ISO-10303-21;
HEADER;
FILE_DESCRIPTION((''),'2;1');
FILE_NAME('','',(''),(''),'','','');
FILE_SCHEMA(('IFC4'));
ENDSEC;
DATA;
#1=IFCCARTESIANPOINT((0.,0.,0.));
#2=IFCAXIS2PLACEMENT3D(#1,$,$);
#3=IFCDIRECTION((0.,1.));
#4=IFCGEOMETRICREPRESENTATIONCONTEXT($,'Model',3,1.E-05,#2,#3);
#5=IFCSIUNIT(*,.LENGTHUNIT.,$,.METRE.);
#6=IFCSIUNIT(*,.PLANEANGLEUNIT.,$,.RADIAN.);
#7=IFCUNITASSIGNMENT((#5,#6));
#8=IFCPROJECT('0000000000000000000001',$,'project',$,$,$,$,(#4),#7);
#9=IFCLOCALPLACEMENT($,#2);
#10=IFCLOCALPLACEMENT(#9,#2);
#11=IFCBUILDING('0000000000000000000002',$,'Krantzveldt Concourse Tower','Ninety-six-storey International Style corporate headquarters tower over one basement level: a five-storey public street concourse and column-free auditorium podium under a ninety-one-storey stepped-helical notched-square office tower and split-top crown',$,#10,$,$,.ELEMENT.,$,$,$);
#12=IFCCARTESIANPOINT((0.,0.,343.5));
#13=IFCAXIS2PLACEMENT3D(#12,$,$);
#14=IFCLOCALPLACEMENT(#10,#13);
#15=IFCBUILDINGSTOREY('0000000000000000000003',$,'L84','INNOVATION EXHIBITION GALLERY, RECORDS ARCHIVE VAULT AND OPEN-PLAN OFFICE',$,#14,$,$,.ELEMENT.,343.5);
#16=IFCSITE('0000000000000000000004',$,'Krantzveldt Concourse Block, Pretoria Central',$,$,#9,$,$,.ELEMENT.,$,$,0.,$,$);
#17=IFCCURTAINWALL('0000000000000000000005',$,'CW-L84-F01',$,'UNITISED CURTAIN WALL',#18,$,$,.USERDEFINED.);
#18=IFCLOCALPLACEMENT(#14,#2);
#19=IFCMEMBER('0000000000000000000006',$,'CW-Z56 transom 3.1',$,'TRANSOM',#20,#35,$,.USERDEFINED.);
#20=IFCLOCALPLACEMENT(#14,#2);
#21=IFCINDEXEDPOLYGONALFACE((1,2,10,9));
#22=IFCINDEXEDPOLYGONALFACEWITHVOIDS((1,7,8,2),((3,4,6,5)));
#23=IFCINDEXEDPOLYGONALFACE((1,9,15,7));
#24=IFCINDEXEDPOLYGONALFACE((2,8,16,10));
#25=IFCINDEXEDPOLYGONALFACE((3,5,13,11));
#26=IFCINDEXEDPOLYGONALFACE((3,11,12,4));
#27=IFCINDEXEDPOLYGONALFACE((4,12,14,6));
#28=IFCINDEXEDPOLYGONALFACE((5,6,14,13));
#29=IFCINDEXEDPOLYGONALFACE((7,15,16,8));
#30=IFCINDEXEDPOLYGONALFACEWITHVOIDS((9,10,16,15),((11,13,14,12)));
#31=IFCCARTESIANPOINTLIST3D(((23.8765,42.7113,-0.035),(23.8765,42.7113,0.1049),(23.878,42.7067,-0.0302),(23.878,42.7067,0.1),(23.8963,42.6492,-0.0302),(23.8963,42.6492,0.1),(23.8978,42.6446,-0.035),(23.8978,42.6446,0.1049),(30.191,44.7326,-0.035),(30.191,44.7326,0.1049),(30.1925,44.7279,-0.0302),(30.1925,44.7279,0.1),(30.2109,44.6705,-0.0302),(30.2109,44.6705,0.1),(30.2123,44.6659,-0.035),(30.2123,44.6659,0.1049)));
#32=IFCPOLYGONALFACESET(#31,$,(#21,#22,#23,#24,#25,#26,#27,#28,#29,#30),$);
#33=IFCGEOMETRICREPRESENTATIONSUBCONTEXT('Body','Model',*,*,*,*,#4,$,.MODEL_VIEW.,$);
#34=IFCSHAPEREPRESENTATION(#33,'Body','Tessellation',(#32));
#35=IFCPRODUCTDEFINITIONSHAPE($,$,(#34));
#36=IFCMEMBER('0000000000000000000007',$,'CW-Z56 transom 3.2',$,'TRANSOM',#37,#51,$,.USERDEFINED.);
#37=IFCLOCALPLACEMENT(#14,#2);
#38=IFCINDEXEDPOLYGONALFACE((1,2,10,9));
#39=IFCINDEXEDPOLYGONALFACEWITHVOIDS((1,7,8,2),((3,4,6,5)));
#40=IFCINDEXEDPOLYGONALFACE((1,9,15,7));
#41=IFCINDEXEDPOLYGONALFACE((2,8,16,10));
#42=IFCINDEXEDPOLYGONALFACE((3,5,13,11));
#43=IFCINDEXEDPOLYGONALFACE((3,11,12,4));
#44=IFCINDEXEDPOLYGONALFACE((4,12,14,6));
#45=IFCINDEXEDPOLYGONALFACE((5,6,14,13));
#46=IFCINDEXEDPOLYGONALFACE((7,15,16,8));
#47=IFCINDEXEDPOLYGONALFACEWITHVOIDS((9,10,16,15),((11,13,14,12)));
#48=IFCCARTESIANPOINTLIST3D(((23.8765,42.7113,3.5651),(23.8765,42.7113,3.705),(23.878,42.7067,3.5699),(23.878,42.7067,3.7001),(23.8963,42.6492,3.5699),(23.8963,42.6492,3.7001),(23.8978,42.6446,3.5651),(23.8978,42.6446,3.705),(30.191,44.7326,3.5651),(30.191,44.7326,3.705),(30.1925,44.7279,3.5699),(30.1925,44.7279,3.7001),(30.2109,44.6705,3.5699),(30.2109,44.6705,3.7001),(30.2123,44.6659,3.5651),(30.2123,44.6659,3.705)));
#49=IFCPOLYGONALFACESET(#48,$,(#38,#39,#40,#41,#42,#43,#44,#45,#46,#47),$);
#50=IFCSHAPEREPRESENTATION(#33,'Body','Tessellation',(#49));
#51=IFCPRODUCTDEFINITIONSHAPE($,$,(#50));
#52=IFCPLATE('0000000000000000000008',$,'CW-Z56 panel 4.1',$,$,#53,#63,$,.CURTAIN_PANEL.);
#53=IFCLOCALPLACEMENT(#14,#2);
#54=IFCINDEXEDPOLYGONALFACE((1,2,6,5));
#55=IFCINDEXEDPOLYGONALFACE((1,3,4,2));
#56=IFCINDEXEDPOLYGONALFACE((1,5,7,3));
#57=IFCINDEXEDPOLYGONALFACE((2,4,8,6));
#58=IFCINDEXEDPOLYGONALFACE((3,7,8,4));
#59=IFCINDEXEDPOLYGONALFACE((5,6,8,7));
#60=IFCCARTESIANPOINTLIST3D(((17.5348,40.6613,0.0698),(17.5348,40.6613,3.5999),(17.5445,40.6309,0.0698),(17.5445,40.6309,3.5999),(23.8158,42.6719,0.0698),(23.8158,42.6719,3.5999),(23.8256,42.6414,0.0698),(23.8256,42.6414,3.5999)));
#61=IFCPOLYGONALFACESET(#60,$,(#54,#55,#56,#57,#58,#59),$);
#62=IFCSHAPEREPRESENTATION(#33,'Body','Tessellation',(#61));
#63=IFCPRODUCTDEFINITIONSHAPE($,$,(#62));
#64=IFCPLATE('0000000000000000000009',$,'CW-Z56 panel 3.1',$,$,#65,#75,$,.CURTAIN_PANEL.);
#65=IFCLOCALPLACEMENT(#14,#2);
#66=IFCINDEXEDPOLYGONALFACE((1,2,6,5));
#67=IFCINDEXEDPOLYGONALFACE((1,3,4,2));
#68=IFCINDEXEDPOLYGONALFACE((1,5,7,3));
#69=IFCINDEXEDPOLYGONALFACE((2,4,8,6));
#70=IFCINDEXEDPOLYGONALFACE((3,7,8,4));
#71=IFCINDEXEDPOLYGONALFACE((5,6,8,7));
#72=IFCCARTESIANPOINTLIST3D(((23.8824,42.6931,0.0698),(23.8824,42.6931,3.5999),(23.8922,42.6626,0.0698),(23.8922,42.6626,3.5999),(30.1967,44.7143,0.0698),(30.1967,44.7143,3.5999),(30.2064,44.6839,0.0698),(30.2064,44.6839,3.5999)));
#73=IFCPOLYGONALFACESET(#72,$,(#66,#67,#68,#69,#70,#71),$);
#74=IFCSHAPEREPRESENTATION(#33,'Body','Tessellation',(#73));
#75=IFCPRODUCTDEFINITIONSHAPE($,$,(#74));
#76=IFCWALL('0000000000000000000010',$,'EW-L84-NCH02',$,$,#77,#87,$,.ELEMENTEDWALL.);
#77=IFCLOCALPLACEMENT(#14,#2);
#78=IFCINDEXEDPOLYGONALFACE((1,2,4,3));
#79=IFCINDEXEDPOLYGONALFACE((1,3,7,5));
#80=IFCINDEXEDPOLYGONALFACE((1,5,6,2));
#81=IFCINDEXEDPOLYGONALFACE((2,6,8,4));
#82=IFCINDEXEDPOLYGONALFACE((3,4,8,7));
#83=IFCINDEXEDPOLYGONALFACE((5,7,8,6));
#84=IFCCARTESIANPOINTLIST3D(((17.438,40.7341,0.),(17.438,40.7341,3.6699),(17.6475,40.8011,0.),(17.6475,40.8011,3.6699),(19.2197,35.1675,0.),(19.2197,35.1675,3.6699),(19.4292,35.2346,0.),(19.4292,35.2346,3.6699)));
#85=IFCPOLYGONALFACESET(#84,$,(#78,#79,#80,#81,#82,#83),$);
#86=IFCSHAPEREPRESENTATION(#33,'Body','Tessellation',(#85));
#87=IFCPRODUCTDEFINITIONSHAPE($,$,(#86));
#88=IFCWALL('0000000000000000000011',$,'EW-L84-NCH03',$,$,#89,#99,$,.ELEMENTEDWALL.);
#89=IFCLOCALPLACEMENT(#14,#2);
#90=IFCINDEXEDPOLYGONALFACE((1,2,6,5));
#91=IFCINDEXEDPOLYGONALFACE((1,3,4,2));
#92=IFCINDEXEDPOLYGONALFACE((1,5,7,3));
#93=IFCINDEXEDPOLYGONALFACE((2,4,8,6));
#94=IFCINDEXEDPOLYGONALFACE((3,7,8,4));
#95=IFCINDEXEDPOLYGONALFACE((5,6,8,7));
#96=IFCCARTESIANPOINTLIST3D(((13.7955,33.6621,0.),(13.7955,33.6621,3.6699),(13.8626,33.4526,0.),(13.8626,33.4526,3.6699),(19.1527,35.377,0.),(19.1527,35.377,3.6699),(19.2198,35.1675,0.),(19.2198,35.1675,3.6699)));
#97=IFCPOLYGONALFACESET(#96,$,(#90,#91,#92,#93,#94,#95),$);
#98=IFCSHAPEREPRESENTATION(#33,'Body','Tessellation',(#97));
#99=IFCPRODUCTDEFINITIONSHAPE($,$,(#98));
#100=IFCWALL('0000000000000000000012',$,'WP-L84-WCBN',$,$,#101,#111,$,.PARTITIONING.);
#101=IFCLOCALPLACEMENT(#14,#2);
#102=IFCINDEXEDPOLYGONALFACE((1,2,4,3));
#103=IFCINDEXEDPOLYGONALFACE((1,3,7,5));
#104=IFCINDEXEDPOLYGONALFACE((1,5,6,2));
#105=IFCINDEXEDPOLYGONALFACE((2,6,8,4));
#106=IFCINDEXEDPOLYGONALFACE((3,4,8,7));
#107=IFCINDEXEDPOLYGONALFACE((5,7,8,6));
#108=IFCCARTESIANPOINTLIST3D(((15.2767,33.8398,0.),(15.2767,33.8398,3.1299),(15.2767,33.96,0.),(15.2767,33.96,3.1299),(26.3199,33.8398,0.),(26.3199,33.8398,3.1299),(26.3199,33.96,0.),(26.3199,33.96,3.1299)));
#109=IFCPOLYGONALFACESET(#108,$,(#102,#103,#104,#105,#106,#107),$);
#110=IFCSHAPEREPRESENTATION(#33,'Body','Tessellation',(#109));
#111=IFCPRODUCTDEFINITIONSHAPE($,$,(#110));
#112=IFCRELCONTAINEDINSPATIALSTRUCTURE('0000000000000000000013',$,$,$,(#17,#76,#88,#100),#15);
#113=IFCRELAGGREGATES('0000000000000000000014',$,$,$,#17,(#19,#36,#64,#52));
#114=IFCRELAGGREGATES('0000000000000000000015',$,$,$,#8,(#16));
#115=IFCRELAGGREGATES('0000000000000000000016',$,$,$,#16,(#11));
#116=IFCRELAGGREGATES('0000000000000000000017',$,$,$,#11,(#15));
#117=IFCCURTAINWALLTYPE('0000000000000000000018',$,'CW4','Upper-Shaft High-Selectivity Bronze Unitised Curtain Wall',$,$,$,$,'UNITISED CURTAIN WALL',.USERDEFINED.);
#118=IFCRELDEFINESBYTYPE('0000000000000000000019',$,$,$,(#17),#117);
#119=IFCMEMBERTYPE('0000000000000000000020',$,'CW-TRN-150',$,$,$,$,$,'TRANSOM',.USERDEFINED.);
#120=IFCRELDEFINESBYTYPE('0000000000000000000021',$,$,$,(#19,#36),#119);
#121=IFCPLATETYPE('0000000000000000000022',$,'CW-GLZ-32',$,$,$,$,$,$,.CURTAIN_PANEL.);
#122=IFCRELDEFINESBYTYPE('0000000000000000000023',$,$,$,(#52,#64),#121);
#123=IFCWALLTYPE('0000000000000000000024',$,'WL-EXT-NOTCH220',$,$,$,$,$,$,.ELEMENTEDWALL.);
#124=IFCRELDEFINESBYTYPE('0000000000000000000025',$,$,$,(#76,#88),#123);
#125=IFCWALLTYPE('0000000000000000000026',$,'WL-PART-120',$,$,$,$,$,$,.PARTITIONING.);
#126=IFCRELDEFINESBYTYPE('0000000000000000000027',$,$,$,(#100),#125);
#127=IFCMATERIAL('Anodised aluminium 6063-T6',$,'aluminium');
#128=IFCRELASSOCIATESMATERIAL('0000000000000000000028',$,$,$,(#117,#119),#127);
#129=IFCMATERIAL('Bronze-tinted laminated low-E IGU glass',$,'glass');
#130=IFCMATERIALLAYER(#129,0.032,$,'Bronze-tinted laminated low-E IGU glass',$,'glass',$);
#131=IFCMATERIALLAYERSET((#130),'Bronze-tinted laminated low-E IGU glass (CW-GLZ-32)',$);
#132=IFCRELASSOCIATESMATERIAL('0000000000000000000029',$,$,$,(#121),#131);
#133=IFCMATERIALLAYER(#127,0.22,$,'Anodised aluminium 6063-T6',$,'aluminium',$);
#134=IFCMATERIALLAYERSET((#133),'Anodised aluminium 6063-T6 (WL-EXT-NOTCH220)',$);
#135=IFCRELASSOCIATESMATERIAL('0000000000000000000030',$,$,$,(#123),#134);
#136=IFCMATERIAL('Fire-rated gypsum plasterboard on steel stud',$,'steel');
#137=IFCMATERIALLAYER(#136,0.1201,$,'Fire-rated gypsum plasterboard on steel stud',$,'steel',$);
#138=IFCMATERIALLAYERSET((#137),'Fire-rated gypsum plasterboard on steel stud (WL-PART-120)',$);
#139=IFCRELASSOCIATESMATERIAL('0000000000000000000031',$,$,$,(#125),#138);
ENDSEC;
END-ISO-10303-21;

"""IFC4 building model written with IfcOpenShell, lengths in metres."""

from ifc_helpers import new_model, si_unit, direction, frame, frame_2d, origin, origin_2d, place, context, subcontext, project, spatial, rectangle, hollow_rectangle, extrude, source, transform, mapped, material, layer, layer_set, material_profile, profile_set, type_object, type_shapes, element, aggregate, save


model = new_model("IFC4")

# Units and contexts
model_context = context("Model", 3, precision=1e-05, world=origin(), true_north=direction((0.0, 1.0)))
body_context = subcontext(model_context, "Body", "Model", "MODEL_VIEW")
ifc_project = project(units=[si_unit("LENGTHUNIT", "METRE"), si_unit("PLANEANGLEUNIT", "RADIAN")], contexts=[model_context])

# Site, building, storey
site_placement = place(None, origin())
site = spatial("IfcSite", under=ifc_project, at=site_placement, Name="Krantzveldt Concourse Block, Pretoria Central", CompositionType="ELEMENT", RefElevation=0.0)
building_placement = place(site_placement, origin())
building = spatial("IfcBuilding", under=site, at=building_placement, Name="Krantzveldt Concourse Tower", Description="Ninety-six-storey International Style corporate headquarters tower over one basement level: a five-storey public street concourse and column-free auditorium podium under a ninety-one-storey stepped-helical notched-square office tower and split-top crown", CompositionType="ELEMENT")
storey_placement = place(building_placement, frame((0.0, 0.0, 343.5)))
storey = spatial("IfcBuildingStorey", under=building, at=storey_placement, Name="L84", Description="INNOVATION EXHIBITION GALLERY, RECORDS ARCHIVE VAULT AND OPEN-PLAN OFFICE", CompositionType="ELEMENT", Elevation=343.5)

# Curtain wall
ifc_material_1 = material(Name="Anodised aluminium 6063-T6", Category="aluminium")
curtain_wall_type = type_object("IfcCurtainWallType", Name="CW4", Description="Upper-Shaft High-Selectivity Bronze Unitised Curtain Wall", ElementType="UNITISED CURTAIN WALL", PredefinedType="USERDEFINED", material=ifc_material_1)
curtain_wall_1_placement = place(storey_placement, origin())
curtain_wall_1 = element("IfcCurtainWall", 1, at=curtain_wall_1_placement, inside=storey, type_object=curtain_wall_type, Name="CW-L84-F01", ObjectType="UNITISED CURTAIN WALL", PredefinedType="USERDEFINED")

# Members
ifc_material_profile_1 = material_profile(ifc_material_1, hollow_rectangle(XDim=0.0701, YDim=0.1399, WallThickness=0.0049, at=origin_2d()), Name="Anodised aluminium 6063-T6", Category="aluminium")
ifc_profile_set_1 = profile_set([ifc_material_profile_1], Name="Anodised aluminium 6063-T6 - ALU-TRAN 140x70x5")
member_type_1 = type_object("IfcMemberType", Name="CW-TRN-150", ElementType="TRANSOM", PredefinedType="USERDEFINED", material=ifc_profile_set_1)
shared_shape_1 = source(origin(), body_context, "Body", "SweptSolid", [
    extrude(hollow_rectangle(XDim=0.0701, YDim=0.1399, WallThickness=0.0049, at=origin_2d()), origin(), (0.0, 0.0, 1.0), 6.6301),
])
member_1_placement = place(storey_placement, frame((30.2017, 44.6992, 0.0349), z_axis=(-0.952397, -0.30486, 0.0), x_axis=(0.30486, -0.952397, 0.0)))
member_1 = element("IfcMember", 2, at=member_1_placement, type_object=member_type_1, Name="CW-Z56 transom 3.1", ObjectType="TRANSOM", PredefinedType="USERDEFINED", context=body_context, shape_type="MappedRepresentation", body=[
    mapped(shared_shape_1, transform((0.0, 0.0, 0.0), x_axis=(1.0, 0.0, 0.0), y_axis=(0.0, 1.0, 0.0), z_axis=(0.0, 0.0, 1.0), scale=1.0)),
])
member_2_placement = place(storey_placement, frame((30.2017, 44.6992, 3.635), z_axis=(-0.952397, -0.30486, 0.0), x_axis=(0.30486, -0.952397, 0.0)))
member_2 = element("IfcMember", 3, at=member_2_placement, type_object=member_type_1, Name="CW-Z56 transom 3.2", ObjectType="TRANSOM", PredefinedType="USERDEFINED", context=body_context, shape_type="MappedRepresentation", body=[
    mapped(shared_shape_1, transform((0.0, 0.0, 0.0), x_axis=(1.0, 0.0, 0.0), y_axis=(0.0, 1.0, 0.0), z_axis=(0.0, 0.0, 1.0), scale=1.0)),
])

# Plates
ifc_material_2 = material(Name="Bronze-tinted laminated low-E IGU glass", Category="glass")
ifc_layer_1 = layer(ifc_material_2, 0.032, Name="Bronze-tinted laminated low-E IGU glass", Category="glass")
ifc_layer_set_1 = layer_set([ifc_layer_1], Name="Bronze-tinted laminated low-E IGU glass (CW-GLZ-32)")
plate_type = type_object("IfcPlateType", Name="CW-GLZ-32", PredefinedType="CURTAIN_PANEL", material=ifc_layer_set_1)
shared_shape_2 = source(origin(), body_context, "Body", "SweptSolid", [
    extrude(rectangle(XDim=6.595, YDim=0.032, at=origin_2d()), origin(), (0.0, 0.0, 1.0), 3.53),
])
plate_1_placement = place(storey_placement, frame((20.6802, 41.6514, 0.0698), z_axis=(0.0, 0.0, 1.0), x_axis=(-0.952396, -0.304864, 0.0)))
plate_1 = element("IfcPlate", 4, at=plate_1_placement, type_object=plate_type, Name="CW-Z56 panel 4.1", PredefinedType="CURTAIN_PANEL", context=body_context, shape_type="MappedRepresentation", body=[
    mapped(shared_shape_2, transform((0.0, 0.0, 0.0), x_axis=(1.0, 0.0, 0.0), y_axis=(0.0, 1.0, 0.0), z_axis=(0.0, 0.0, 1.0), scale=1.0)),
])
shared_shape_3 = source(origin(), body_context, "Body", "SweptSolid", [
    extrude(rectangle(XDim=6.6299, YDim=0.032, at=origin_2d()), origin(), (0.0, 0.0, 1.0), 3.53),
])
type_shapes(plate_type, [shared_shape_2, shared_shape_3])
plate_2_placement = place(storey_placement, frame((27.0444, 43.6885, 0.0698), z_axis=(0.0, 0.0, 1.0), x_axis=(-0.952396, -0.304864, 0.0)))
plate_2 = element("IfcPlate", 5, at=plate_2_placement, type_object=plate_type, Name="CW-Z56 panel 3.1", PredefinedType="CURTAIN_PANEL", context=body_context, shape_type="MappedRepresentation", body=[
    mapped(shared_shape_3, transform((0.0, 0.0, 0.0), x_axis=(1.0, 0.0, 0.0), y_axis=(0.0, 1.0, 0.0), z_axis=(0.0, 0.0, 1.0), scale=1.0)),
])
aggregate(curtain_wall_1, [member_1, member_2, plate_2, plate_1])

# Walls
ifc_layer_2 = layer(ifc_material_1, 0.22, Name="Anodised aluminium 6063-T6", Category="aluminium")
ifc_layer_set_2 = layer_set([ifc_layer_2], Name="Anodised aluminium 6063-T6 (WL-EXT-NOTCH220)")
wall_type_1 = type_object("IfcWallType", Name="WL-EXT-NOTCH220", PredefinedType="ELEMENTEDWALL", material=ifc_layer_set_2)
wall_1_placement = place(storey_placement, frame((17.5427, 40.7676, 0.0), z_axis=(0.0, 0.0, 1.0), x_axis=(0.304839, -0.952404, 0.0)))
element("IfcWall", 6, at=wall_1_placement, inside=storey, type_object=wall_type_1, Name="EW-L84-NCH02", PredefinedType="ELEMENTEDWALL", context=body_context, shape_type="SweptSolid", body=[
    extrude(rectangle(XDim=5.8447, YDim=0.22, at=frame_2d((2.9224, 0.0))), origin(), (0.0, 0.0, 1.0), 3.6699),
])
wall_2_placement = place(storey_placement, frame((19.1863, 35.2722, 0.0), z_axis=(0.0, 0.0, 1.0), x_axis=(-0.952396, -0.304864, 0.0)))
element("IfcWall", 7, at=wall_2_placement, inside=storey, type_object=wall_type_1, Name="EW-L84-NCH03", PredefinedType="ELEMENTEDWALL", context=body_context, shape_type="SweptSolid", body=[
    extrude(rectangle(XDim=5.625, YDim=0.22, at=frame_2d((2.8125, 0.0))), origin(), (0.0, 0.0, 1.0), 3.6699),
])
ifc_material_3 = material(Name="Fire-rated gypsum plasterboard on steel stud", Category="steel")
ifc_layer_3 = layer(ifc_material_3, 0.1201, Name="Fire-rated gypsum plasterboard on steel stud", Category="steel")
ifc_layer_set_3 = layer_set([ifc_layer_3], Name="Fire-rated gypsum plasterboard on steel stud (WL-PART-120)")
wall_type_2 = type_object("IfcWallType", Name="WL-PART-120", PredefinedType="PARTITIONING", material=ifc_layer_set_3)
wall_3_placement = place(storey_placement, frame((15.2769, 33.8999, 0.0), z_axis=(0.0, 0.0, 1.0), x_axis=(1.0, 0.0, 0.0)))
element("IfcWall", 8, at=wall_3_placement, inside=storey, type_object=wall_type_2, Name="WP-L84-WCBN", PredefinedType="PARTITIONING", context=body_context, shape_type="SweptSolid", body=[
    extrude(rectangle(XDim=11.0432, YDim=0.1201, at=frame_2d((5.5215, 0.0))), origin(), (0.0, 0.0, 1.0), 3.1299),
])

save(model, "model.ifc")
